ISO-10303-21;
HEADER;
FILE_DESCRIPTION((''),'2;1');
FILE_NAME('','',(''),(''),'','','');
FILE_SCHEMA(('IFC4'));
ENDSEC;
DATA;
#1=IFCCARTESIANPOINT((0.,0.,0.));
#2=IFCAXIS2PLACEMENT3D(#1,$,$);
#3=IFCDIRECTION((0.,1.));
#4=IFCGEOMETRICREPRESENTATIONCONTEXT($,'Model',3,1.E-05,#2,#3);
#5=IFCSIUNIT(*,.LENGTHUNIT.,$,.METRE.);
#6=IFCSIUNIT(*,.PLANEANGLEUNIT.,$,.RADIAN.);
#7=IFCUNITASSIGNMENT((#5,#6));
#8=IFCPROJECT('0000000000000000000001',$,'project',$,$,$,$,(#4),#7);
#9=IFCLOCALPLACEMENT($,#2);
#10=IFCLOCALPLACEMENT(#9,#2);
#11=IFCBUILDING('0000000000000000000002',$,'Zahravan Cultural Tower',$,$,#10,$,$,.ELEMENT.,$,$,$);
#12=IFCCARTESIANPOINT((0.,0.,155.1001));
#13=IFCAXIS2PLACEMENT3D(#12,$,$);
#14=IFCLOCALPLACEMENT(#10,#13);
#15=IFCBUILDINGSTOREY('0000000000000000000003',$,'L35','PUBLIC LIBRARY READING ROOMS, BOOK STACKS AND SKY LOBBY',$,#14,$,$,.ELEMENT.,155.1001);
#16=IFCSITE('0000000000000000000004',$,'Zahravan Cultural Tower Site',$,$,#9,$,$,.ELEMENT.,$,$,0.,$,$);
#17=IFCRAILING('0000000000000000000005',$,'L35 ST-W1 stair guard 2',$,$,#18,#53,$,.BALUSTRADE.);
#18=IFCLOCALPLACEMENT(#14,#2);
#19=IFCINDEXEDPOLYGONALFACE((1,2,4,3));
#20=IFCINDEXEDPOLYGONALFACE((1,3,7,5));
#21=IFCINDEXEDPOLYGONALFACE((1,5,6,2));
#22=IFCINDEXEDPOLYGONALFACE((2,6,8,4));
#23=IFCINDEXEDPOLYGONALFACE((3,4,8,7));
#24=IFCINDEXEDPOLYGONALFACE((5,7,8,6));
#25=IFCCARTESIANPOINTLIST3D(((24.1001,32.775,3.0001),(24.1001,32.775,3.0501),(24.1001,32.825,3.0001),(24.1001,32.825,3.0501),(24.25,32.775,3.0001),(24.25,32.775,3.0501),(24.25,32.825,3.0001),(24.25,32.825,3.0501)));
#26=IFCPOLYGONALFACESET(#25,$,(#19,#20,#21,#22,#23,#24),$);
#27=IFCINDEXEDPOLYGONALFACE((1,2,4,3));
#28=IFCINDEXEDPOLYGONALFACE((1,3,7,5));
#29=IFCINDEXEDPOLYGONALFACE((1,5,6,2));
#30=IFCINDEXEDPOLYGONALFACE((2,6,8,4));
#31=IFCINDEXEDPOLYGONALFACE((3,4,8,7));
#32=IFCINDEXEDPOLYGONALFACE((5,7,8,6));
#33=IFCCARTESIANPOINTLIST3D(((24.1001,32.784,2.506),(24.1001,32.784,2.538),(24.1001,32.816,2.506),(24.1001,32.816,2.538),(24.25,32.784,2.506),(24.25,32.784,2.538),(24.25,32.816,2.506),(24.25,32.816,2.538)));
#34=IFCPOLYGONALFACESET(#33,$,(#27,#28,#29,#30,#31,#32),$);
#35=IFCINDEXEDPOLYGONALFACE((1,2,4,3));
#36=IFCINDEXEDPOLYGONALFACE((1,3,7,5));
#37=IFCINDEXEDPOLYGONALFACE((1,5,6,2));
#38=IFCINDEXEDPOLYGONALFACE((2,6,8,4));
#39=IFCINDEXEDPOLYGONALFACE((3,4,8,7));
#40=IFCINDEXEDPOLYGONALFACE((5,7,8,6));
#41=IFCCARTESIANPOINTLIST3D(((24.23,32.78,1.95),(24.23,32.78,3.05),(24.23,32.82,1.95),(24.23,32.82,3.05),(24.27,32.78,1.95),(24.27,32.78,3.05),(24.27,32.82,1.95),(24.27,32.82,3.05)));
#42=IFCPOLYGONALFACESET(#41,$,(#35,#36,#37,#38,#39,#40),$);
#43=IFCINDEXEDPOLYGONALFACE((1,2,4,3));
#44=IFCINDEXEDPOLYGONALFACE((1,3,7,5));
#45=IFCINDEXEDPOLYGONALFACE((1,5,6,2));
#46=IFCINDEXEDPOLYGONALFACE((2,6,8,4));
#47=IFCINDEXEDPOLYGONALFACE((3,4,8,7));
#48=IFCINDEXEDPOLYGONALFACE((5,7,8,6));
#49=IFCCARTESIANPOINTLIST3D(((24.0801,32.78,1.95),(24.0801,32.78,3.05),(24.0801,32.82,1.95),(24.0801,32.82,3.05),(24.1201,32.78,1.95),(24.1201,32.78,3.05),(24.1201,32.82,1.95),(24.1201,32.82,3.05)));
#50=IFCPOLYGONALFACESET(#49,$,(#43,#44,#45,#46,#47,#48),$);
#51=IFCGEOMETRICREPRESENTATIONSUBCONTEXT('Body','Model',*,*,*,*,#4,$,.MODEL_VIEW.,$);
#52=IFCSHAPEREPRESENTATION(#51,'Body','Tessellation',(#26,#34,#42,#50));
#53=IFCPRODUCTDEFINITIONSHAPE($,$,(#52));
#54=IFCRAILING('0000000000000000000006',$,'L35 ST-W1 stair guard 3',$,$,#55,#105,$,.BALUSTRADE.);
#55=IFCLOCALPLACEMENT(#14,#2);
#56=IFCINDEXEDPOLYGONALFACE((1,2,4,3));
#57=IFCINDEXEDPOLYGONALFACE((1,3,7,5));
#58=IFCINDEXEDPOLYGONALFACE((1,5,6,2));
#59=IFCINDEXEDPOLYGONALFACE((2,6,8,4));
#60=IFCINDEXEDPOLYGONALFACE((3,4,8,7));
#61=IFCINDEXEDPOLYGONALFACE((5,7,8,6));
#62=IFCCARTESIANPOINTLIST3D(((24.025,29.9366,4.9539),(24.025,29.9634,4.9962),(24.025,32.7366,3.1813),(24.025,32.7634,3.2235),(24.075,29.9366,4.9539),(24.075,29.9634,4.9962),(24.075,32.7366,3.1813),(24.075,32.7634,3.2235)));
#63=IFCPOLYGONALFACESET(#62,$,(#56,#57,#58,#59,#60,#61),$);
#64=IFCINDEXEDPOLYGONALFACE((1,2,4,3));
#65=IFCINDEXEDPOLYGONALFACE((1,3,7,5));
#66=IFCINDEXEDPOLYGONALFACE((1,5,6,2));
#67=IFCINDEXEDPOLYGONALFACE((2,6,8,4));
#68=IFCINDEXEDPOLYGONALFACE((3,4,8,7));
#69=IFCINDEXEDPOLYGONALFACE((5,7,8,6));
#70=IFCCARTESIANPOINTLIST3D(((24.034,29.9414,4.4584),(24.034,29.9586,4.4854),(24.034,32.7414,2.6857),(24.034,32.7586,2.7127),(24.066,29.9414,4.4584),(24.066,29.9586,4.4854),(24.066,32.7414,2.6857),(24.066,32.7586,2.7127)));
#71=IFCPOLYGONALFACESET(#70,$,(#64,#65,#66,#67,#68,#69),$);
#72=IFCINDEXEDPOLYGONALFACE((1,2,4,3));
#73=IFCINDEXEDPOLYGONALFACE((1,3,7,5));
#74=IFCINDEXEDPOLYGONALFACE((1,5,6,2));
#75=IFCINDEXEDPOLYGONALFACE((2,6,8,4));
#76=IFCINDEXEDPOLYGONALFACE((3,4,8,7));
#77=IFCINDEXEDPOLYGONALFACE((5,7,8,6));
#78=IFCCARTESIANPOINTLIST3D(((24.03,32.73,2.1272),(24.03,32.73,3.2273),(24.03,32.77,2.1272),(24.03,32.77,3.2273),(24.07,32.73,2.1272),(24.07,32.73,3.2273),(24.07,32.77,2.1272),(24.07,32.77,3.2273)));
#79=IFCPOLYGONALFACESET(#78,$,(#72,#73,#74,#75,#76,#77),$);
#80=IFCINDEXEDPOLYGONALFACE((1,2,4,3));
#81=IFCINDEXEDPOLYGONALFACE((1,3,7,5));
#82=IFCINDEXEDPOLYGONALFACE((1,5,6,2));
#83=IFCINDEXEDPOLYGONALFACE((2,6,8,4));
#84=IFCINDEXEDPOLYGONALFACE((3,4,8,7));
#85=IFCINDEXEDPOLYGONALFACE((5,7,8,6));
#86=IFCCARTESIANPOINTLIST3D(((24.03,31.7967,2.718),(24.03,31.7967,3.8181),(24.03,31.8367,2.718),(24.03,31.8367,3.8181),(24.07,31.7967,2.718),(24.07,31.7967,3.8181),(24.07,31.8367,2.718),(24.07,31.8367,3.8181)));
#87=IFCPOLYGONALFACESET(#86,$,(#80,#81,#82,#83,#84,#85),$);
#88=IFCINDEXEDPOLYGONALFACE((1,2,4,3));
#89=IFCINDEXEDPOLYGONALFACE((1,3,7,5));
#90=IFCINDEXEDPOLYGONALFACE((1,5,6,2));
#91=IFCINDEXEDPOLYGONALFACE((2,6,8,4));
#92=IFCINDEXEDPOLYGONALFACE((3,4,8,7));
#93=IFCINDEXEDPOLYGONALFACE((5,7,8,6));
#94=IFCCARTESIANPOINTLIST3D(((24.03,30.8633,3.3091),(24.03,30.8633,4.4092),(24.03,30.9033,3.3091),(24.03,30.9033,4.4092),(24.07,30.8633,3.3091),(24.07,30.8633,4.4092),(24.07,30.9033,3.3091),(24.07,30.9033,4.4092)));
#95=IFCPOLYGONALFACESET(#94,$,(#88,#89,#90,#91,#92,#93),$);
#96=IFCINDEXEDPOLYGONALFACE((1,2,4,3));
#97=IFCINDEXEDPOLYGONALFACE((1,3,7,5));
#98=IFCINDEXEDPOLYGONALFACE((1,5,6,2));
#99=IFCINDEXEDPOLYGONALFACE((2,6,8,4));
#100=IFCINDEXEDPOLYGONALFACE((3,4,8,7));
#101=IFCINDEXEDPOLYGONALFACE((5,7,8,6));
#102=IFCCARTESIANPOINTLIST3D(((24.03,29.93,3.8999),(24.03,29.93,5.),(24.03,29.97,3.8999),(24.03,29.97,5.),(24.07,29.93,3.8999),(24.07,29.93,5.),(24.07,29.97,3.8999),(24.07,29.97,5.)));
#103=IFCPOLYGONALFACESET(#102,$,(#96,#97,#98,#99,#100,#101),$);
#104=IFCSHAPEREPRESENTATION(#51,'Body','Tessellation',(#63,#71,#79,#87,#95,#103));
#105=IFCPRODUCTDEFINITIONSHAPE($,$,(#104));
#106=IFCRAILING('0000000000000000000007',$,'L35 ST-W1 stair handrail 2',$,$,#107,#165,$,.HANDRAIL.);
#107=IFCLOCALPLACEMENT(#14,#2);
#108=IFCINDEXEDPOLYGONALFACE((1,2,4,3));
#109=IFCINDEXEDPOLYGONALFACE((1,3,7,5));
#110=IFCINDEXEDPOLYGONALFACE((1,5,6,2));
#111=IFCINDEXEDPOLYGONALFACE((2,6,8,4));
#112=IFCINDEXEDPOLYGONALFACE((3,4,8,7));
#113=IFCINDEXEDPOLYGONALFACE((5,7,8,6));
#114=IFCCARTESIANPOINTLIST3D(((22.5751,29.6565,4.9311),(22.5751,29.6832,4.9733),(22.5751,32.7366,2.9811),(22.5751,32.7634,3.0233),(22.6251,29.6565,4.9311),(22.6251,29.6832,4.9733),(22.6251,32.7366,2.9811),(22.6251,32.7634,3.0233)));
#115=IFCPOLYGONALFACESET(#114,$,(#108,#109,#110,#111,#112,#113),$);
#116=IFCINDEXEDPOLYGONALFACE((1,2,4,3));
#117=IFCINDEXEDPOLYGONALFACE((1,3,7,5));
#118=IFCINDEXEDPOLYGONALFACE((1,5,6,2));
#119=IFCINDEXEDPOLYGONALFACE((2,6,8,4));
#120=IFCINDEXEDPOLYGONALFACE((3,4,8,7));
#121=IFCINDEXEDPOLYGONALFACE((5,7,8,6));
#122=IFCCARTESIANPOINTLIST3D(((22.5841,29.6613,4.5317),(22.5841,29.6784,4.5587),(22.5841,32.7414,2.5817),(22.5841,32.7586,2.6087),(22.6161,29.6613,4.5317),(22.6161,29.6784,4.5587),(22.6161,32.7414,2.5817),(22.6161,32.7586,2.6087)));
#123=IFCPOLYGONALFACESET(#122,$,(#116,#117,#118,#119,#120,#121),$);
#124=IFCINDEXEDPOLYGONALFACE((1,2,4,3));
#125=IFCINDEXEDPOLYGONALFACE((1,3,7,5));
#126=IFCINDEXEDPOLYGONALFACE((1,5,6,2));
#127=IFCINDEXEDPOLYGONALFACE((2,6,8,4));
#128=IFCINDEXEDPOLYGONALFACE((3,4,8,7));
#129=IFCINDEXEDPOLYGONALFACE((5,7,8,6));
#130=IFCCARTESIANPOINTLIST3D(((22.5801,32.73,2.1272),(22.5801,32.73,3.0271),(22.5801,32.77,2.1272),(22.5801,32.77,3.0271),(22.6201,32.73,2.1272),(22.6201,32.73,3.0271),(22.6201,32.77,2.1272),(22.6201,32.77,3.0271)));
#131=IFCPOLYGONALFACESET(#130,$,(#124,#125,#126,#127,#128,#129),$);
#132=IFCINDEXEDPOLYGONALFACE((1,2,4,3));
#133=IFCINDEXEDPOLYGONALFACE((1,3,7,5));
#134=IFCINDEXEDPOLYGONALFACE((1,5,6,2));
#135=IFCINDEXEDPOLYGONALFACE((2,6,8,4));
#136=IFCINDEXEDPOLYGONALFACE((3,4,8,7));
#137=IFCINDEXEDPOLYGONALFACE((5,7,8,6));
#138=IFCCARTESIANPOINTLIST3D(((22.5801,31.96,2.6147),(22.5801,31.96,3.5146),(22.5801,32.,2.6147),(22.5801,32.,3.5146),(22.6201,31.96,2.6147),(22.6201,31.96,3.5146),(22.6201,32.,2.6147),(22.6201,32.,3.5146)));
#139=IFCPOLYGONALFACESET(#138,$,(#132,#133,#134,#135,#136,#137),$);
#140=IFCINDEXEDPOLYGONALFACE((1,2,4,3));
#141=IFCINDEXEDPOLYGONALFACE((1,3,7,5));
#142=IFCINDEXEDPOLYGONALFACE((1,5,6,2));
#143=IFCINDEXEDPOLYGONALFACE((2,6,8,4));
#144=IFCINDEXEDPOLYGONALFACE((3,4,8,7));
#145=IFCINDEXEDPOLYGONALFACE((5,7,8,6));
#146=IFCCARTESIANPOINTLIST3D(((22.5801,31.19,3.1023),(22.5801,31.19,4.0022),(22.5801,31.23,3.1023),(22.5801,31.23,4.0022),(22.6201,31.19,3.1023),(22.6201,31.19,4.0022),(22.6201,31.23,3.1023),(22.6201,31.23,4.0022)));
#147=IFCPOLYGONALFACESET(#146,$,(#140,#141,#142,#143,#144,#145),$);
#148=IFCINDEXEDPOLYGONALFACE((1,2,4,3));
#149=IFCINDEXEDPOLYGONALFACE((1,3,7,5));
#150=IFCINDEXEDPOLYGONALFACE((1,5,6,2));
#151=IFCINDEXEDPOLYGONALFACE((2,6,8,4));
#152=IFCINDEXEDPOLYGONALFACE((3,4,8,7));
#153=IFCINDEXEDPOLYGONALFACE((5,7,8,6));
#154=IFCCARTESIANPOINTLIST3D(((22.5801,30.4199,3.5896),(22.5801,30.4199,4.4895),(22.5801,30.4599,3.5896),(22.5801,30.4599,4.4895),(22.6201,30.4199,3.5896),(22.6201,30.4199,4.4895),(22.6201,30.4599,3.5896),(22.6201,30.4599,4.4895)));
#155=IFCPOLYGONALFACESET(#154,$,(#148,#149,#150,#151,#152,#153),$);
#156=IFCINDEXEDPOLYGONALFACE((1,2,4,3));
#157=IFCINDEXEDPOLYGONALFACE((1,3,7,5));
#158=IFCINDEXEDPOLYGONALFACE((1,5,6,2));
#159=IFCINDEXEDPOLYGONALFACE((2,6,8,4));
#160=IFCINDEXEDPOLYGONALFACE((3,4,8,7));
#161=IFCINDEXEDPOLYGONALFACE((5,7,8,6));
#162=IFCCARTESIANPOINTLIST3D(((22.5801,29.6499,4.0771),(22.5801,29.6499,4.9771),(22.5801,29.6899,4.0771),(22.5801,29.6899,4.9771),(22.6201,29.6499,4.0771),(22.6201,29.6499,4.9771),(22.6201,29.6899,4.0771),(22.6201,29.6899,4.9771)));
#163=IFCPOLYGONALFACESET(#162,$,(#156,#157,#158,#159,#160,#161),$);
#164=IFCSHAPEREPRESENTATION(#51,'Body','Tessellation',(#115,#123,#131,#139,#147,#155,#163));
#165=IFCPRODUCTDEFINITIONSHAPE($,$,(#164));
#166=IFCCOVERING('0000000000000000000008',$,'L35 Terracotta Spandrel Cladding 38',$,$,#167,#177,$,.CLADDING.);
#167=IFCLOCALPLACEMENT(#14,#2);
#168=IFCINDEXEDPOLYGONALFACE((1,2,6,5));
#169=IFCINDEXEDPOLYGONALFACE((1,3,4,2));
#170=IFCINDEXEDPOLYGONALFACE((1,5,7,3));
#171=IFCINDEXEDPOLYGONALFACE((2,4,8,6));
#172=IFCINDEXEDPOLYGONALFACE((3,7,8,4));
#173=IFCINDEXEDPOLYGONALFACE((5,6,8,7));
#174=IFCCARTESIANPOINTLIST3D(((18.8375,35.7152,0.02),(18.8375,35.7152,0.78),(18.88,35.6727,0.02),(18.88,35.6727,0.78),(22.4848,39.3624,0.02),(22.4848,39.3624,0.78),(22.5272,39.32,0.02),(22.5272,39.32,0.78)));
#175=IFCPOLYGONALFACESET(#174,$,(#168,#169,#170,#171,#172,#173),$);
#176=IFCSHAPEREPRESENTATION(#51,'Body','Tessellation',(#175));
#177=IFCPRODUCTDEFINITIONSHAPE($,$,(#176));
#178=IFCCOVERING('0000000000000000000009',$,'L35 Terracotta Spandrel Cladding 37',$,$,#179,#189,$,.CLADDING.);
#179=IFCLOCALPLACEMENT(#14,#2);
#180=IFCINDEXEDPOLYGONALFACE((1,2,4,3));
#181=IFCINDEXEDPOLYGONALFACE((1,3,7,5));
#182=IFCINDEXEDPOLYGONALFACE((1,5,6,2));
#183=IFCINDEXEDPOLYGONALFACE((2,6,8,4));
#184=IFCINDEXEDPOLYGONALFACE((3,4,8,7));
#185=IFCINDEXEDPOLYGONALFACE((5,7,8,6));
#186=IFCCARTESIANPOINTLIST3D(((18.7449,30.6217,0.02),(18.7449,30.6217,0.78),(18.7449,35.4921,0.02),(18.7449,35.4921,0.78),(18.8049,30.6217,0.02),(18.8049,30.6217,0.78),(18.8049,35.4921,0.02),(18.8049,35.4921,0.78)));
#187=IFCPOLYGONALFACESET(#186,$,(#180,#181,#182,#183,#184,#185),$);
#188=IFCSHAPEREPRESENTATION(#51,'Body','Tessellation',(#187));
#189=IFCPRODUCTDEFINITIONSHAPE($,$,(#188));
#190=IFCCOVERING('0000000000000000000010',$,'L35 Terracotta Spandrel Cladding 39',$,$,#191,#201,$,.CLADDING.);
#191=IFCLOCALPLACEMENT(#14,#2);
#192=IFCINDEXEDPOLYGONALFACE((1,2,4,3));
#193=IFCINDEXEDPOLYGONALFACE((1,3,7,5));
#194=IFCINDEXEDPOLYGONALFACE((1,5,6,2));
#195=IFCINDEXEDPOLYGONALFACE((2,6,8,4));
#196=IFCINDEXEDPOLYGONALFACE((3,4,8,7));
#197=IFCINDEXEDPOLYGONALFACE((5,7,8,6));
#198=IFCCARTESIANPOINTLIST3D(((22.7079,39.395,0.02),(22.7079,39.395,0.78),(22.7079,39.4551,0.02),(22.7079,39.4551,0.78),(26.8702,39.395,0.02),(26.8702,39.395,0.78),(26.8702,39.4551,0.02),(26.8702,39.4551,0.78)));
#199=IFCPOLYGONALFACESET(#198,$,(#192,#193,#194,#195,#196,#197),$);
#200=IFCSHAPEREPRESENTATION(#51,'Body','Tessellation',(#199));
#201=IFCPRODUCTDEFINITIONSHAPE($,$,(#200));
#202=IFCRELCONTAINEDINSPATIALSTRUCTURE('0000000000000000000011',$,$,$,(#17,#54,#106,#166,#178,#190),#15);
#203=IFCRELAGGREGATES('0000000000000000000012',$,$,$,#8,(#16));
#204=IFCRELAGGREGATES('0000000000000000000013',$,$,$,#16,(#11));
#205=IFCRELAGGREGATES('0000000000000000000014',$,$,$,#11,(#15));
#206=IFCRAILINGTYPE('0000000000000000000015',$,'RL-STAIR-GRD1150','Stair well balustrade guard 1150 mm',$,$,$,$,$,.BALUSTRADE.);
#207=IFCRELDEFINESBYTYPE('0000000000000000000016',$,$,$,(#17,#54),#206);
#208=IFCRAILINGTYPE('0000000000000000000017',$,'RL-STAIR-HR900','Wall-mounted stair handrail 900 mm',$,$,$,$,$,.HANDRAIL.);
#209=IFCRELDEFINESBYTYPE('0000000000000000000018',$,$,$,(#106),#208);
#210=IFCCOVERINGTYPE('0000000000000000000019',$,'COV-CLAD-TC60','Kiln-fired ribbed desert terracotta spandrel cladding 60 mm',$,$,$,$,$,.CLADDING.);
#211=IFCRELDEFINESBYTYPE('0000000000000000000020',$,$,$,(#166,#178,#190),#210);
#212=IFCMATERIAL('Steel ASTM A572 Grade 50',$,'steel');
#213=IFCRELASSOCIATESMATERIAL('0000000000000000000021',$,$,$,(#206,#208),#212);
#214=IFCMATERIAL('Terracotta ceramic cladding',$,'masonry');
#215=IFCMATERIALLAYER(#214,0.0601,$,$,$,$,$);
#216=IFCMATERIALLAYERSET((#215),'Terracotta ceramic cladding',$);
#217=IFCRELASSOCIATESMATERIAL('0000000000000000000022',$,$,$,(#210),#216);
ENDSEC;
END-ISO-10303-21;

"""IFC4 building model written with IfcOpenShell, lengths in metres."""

from ifc_helpers import new_model, si_unit, direction, frame, origin, origin_2d, place, context, subcontext, project, spatial, rectangle, extrude, source, transform, mapped, material, layer, layer_set, type_object, element, save


model = new_model("IFC4")

# Units and contexts
model_context = context("Model", 3, precision=1e-05, world=origin(), true_north=direction((0.0, 1.0)))
body_context = subcontext(model_context, "Body", "Model", "MODEL_VIEW")
ifc_project = project(units=[si_unit("LENGTHUNIT", "METRE"), si_unit("PLANEANGLEUNIT", "RADIAN")], contexts=[model_context])

# Site, building, storey
site_placement = place(None, origin())
site = spatial("IfcSite", under=ifc_project, at=site_placement, Name="Zahravan Cultural Tower Site", CompositionType="ELEMENT", RefElevation=0.0)
building_placement = place(site_placement, origin())
building = spatial("IfcBuilding", under=site, at=building_placement, Name="Zahravan Cultural Tower", CompositionType="ELEMENT")
storey_placement = place(building_placement, frame((0.0, 0.0, 155.1001)))
storey = spatial("IfcBuildingStorey", under=building, at=storey_placement, Name="L35", Description="PUBLIC LIBRARY READING ROOMS, BOOK STACKS AND SKY LOBBY", CompositionType="ELEMENT", Elevation=155.1001)

# Railings
ifc_material_1 = material(Name="Steel ASTM A572 Grade 50", Category="steel")
railing_type_1 = type_object("IfcRailingType", Name="RL-STAIR-GRD1150", Description="Stair well balustrade guard 1150 mm", PredefinedType="BALUSTRADE", material=ifc_material_1)
railing_1_placement = place(storey_placement, frame((24.25, 32.8, 1.95)))
element("IfcRailing", 1, at=railing_1_placement, inside=storey, type_object=railing_type_1, Name="L35 ST-W1 stair guard 2", PredefinedType="BALUSTRADE", context=body_context, shape_type="SweptSolid", body=[
    extrude(rectangle(XDim=0.05, YDim=0.05, at=origin_2d()), frame((0.0, 0.0, 1.0752), z_axis=(-1.0, 0.0, 0.0), x_axis=(0.0, -1.0, 0.0)), (0.0, 0.0, 1.0), 0.1499),
    extrude(rectangle(XDim=0.032, YDim=0.032, at=origin_2d()), frame((0.0, 0.0, 0.572), z_axis=(-1.0, 0.0, 0.0), x_axis=(0.0, -1.0, 0.0)), (0.0, 0.0, 1.0), 0.1499),
    extrude(rectangle(XDim=0.04, YDim=0.04, at=origin_2d()), origin(), (0.0, 0.0, 1.0), 1.1001),
    extrude(rectangle(XDim=0.04, YDim=0.04, at=origin_2d()), frame((-0.1499, 0.0, 0.0)), (0.0, 0.0, 1.0), 1.1001),
])
railing_2_placement = place(storey_placement, frame((24.05, 32.75, 2.1272)))
element("IfcRailing", 2, at=railing_2_placement, inside=storey, type_object=railing_type_1, Name="L35 ST-W1 stair guard 3", PredefinedType="BALUSTRADE", context=body_context, shape_type="SweptSolid", body=[
    extrude(rectangle(XDim=0.05, YDim=0.05, at=origin_2d()), frame((0.0, 0.0, 1.0752), z_axis=(0.0, -0.844909, 0.53491), x_axis=(1.0, 0.0, 0.0)), (0.0, 0.0, 1.0), 3.314),
    extrude(rectangle(XDim=0.032, YDim=0.032, at=origin_2d()), frame((0.0, 0.0, 0.572), z_axis=(0.0, -0.844909, 0.53491), x_axis=(1.0, 0.0, 0.0)), (0.0, 0.0, 1.0), 3.314),
    extrude(rectangle(XDim=0.04, YDim=0.04, at=origin_2d()), origin(), (0.0, 0.0, 1.0), 1.1001),
    extrude(rectangle(XDim=0.04, YDim=0.04, at=origin_2d()), frame((0.0, -0.9333, 0.5908)), (0.0, 0.0, 1.0), 1.1001),
    extrude(rectangle(XDim=0.04, YDim=0.04, at=origin_2d()), frame((0.0, -1.8667, 1.1819)), (0.0, 0.0, 1.0), 1.1001),
    extrude(rectangle(XDim=0.04, YDim=0.04, at=origin_2d()), frame((0.0, -2.8, 1.7727)), (0.0, 0.0, 1.0), 1.1001),
])
railing_type_2 = type_object("IfcRailingType", Name="RL-STAIR-HR900", Description="Wall-mounted stair handrail 900 mm", PredefinedType="HANDRAIL", material=ifc_material_1)
railing_3_placement = place(storey_placement, frame((22.6001, 32.75, 2.1272)))
element("IfcRailing", 3, at=railing_3_placement, inside=storey, type_object=railing_type_2, Name="L35 ST-W1 stair handrail 2", PredefinedType="HANDRAIL", context=body_context, shape_type="SweptSolid", body=[
    extrude(rectangle(XDim=0.05, YDim=0.05, at=origin_2d()), frame((0.0, 0.0, 0.875), z_axis=(0.0, -0.844914, 0.534902), x_axis=(1.0, 0.0, 0.0)), (0.0, 0.0, 1.0), 3.6455),
    extrude(rectangle(XDim=0.032, YDim=0.032, at=origin_2d()), frame((0.0, 0.0, 0.468), z_axis=(0.0, -0.844914, 0.534902), x_axis=(1.0, 0.0, 0.0)), (0.0, 0.0, 1.0), 3.6455),
    extrude(rectangle(XDim=0.04, YDim=0.04, at=origin_2d()), origin(), (0.0, 0.0, 1.0), 0.8999),
    extrude(rectangle(XDim=0.04, YDim=0.04, at=origin_2d()), frame((0.0, -0.77, 0.4875)), (0.0, 0.0, 1.0), 0.8999),
    extrude(rectangle(XDim=0.04, YDim=0.04, at=origin_2d()), frame((0.0, -1.54, 0.9751)), (0.0, 0.0, 1.0), 0.8999),
    extrude(rectangle(XDim=0.04, YDim=0.04, at=origin_2d()), frame((0.0, -2.3101, 1.4624)), (0.0, 0.0, 1.0), 0.8999),
    extrude(rectangle(XDim=0.04, YDim=0.04, at=origin_2d()), frame((0.0, -3.0801, 1.95)), (0.0, 0.0, 1.0), 0.8999),
])

# Coverings
ifc_material_2 = material(Name="Terracotta ceramic cladding", Category="masonry")
ifc_layer_1 = layer(ifc_material_2, 0.0601)
ifc_layer_set_1 = layer_set([ifc_layer_1], Name="Terracotta ceramic cladding")
covering_type = type_object("IfcCoveringType", Name="COV-CLAD-TC60", Description="Kiln-fired ribbed desert terracotta spandrel cladding 60 mm", PredefinedType="CLADDING", material=ifc_layer_set_1)
shared_shape_1 = source(origin(), body_context, "Body", "SweptSolid", [
    extrude(rectangle(XDim=5.158, YDim=0.0601, at=origin_2d()), origin(), (0.0, 0.0, 1.0), 0.76),
])
covering_1_placement = place(storey_placement, frame((20.6824, 37.5176, 0.02), z_axis=(0.0, 0.0, 1.0), x_axis=(0.707107, 0.707107, 0.0)))
element("IfcCovering", 4, at=covering_1_placement, inside=storey, type_object=covering_type, Name="L35 Terracotta Spandrel Cladding 38", PredefinedType="CLADDING", context=body_context, shape_type="MappedRepresentation", body=[
    mapped(shared_shape_1, transform((0.0, 0.0, 0.0), x_axis=(1.0, 0.0, 0.0), y_axis=(0.0, 1.0, 0.0), z_axis=(0.0, 0.0, 1.0), scale=1.0)),
])
shared_shape_2 = source(origin(), body_context, "Body", "SweptSolid", [
    extrude(rectangle(XDim=4.8704, YDim=0.0601, at=origin_2d()), origin(), (0.0, 0.0, 1.0), 0.76),
])
covering_2_placement = place(storey_placement, frame((18.7749, 33.0569, 0.02), z_axis=(0.0, 0.0, 1.0), x_axis=(0.0, 1.0, 0.0)))
element("IfcCovering", 5, at=covering_2_placement, inside=storey, type_object=covering_type, Name="L35 Terracotta Spandrel Cladding 37", PredefinedType="CLADDING", context=body_context, shape_type="MappedRepresentation", body=[
    mapped(shared_shape_2, transform((0.0, 0.0, 0.0), x_axis=(1.0, 0.0, 0.0), y_axis=(0.0, 1.0, 0.0), z_axis=(0.0, 0.0, 1.0), scale=1.0)),
])
shared_shape_3 = source(origin(), body_context, "Body", "SweptSolid", [
    extrude(rectangle(XDim=4.1624, YDim=0.0601, at=origin_2d()), origin(), (0.0, 0.0, 1.0), 0.76),
])
covering_3_placement = place(storey_placement, frame((24.7891, 39.425, 0.02), z_axis=(0.0, 0.0, 1.0), x_axis=(1.0, 0.0, 0.0)))
element("IfcCovering", 6, at=covering_3_placement, inside=storey, type_object=covering_type, Name="L35 Terracotta Spandrel Cladding 39", PredefinedType="CLADDING", context=body_context, shape_type="MappedRepresentation", body=[
    mapped(shared_shape_3, transform((0.0, 0.0, 0.0), x_axis=(1.0, 0.0, 0.0), y_axis=(0.0, 1.0, 0.0), z_axis=(0.0, 0.0, 1.0), scale=1.0)),
])

save(model, "model.ifc")
